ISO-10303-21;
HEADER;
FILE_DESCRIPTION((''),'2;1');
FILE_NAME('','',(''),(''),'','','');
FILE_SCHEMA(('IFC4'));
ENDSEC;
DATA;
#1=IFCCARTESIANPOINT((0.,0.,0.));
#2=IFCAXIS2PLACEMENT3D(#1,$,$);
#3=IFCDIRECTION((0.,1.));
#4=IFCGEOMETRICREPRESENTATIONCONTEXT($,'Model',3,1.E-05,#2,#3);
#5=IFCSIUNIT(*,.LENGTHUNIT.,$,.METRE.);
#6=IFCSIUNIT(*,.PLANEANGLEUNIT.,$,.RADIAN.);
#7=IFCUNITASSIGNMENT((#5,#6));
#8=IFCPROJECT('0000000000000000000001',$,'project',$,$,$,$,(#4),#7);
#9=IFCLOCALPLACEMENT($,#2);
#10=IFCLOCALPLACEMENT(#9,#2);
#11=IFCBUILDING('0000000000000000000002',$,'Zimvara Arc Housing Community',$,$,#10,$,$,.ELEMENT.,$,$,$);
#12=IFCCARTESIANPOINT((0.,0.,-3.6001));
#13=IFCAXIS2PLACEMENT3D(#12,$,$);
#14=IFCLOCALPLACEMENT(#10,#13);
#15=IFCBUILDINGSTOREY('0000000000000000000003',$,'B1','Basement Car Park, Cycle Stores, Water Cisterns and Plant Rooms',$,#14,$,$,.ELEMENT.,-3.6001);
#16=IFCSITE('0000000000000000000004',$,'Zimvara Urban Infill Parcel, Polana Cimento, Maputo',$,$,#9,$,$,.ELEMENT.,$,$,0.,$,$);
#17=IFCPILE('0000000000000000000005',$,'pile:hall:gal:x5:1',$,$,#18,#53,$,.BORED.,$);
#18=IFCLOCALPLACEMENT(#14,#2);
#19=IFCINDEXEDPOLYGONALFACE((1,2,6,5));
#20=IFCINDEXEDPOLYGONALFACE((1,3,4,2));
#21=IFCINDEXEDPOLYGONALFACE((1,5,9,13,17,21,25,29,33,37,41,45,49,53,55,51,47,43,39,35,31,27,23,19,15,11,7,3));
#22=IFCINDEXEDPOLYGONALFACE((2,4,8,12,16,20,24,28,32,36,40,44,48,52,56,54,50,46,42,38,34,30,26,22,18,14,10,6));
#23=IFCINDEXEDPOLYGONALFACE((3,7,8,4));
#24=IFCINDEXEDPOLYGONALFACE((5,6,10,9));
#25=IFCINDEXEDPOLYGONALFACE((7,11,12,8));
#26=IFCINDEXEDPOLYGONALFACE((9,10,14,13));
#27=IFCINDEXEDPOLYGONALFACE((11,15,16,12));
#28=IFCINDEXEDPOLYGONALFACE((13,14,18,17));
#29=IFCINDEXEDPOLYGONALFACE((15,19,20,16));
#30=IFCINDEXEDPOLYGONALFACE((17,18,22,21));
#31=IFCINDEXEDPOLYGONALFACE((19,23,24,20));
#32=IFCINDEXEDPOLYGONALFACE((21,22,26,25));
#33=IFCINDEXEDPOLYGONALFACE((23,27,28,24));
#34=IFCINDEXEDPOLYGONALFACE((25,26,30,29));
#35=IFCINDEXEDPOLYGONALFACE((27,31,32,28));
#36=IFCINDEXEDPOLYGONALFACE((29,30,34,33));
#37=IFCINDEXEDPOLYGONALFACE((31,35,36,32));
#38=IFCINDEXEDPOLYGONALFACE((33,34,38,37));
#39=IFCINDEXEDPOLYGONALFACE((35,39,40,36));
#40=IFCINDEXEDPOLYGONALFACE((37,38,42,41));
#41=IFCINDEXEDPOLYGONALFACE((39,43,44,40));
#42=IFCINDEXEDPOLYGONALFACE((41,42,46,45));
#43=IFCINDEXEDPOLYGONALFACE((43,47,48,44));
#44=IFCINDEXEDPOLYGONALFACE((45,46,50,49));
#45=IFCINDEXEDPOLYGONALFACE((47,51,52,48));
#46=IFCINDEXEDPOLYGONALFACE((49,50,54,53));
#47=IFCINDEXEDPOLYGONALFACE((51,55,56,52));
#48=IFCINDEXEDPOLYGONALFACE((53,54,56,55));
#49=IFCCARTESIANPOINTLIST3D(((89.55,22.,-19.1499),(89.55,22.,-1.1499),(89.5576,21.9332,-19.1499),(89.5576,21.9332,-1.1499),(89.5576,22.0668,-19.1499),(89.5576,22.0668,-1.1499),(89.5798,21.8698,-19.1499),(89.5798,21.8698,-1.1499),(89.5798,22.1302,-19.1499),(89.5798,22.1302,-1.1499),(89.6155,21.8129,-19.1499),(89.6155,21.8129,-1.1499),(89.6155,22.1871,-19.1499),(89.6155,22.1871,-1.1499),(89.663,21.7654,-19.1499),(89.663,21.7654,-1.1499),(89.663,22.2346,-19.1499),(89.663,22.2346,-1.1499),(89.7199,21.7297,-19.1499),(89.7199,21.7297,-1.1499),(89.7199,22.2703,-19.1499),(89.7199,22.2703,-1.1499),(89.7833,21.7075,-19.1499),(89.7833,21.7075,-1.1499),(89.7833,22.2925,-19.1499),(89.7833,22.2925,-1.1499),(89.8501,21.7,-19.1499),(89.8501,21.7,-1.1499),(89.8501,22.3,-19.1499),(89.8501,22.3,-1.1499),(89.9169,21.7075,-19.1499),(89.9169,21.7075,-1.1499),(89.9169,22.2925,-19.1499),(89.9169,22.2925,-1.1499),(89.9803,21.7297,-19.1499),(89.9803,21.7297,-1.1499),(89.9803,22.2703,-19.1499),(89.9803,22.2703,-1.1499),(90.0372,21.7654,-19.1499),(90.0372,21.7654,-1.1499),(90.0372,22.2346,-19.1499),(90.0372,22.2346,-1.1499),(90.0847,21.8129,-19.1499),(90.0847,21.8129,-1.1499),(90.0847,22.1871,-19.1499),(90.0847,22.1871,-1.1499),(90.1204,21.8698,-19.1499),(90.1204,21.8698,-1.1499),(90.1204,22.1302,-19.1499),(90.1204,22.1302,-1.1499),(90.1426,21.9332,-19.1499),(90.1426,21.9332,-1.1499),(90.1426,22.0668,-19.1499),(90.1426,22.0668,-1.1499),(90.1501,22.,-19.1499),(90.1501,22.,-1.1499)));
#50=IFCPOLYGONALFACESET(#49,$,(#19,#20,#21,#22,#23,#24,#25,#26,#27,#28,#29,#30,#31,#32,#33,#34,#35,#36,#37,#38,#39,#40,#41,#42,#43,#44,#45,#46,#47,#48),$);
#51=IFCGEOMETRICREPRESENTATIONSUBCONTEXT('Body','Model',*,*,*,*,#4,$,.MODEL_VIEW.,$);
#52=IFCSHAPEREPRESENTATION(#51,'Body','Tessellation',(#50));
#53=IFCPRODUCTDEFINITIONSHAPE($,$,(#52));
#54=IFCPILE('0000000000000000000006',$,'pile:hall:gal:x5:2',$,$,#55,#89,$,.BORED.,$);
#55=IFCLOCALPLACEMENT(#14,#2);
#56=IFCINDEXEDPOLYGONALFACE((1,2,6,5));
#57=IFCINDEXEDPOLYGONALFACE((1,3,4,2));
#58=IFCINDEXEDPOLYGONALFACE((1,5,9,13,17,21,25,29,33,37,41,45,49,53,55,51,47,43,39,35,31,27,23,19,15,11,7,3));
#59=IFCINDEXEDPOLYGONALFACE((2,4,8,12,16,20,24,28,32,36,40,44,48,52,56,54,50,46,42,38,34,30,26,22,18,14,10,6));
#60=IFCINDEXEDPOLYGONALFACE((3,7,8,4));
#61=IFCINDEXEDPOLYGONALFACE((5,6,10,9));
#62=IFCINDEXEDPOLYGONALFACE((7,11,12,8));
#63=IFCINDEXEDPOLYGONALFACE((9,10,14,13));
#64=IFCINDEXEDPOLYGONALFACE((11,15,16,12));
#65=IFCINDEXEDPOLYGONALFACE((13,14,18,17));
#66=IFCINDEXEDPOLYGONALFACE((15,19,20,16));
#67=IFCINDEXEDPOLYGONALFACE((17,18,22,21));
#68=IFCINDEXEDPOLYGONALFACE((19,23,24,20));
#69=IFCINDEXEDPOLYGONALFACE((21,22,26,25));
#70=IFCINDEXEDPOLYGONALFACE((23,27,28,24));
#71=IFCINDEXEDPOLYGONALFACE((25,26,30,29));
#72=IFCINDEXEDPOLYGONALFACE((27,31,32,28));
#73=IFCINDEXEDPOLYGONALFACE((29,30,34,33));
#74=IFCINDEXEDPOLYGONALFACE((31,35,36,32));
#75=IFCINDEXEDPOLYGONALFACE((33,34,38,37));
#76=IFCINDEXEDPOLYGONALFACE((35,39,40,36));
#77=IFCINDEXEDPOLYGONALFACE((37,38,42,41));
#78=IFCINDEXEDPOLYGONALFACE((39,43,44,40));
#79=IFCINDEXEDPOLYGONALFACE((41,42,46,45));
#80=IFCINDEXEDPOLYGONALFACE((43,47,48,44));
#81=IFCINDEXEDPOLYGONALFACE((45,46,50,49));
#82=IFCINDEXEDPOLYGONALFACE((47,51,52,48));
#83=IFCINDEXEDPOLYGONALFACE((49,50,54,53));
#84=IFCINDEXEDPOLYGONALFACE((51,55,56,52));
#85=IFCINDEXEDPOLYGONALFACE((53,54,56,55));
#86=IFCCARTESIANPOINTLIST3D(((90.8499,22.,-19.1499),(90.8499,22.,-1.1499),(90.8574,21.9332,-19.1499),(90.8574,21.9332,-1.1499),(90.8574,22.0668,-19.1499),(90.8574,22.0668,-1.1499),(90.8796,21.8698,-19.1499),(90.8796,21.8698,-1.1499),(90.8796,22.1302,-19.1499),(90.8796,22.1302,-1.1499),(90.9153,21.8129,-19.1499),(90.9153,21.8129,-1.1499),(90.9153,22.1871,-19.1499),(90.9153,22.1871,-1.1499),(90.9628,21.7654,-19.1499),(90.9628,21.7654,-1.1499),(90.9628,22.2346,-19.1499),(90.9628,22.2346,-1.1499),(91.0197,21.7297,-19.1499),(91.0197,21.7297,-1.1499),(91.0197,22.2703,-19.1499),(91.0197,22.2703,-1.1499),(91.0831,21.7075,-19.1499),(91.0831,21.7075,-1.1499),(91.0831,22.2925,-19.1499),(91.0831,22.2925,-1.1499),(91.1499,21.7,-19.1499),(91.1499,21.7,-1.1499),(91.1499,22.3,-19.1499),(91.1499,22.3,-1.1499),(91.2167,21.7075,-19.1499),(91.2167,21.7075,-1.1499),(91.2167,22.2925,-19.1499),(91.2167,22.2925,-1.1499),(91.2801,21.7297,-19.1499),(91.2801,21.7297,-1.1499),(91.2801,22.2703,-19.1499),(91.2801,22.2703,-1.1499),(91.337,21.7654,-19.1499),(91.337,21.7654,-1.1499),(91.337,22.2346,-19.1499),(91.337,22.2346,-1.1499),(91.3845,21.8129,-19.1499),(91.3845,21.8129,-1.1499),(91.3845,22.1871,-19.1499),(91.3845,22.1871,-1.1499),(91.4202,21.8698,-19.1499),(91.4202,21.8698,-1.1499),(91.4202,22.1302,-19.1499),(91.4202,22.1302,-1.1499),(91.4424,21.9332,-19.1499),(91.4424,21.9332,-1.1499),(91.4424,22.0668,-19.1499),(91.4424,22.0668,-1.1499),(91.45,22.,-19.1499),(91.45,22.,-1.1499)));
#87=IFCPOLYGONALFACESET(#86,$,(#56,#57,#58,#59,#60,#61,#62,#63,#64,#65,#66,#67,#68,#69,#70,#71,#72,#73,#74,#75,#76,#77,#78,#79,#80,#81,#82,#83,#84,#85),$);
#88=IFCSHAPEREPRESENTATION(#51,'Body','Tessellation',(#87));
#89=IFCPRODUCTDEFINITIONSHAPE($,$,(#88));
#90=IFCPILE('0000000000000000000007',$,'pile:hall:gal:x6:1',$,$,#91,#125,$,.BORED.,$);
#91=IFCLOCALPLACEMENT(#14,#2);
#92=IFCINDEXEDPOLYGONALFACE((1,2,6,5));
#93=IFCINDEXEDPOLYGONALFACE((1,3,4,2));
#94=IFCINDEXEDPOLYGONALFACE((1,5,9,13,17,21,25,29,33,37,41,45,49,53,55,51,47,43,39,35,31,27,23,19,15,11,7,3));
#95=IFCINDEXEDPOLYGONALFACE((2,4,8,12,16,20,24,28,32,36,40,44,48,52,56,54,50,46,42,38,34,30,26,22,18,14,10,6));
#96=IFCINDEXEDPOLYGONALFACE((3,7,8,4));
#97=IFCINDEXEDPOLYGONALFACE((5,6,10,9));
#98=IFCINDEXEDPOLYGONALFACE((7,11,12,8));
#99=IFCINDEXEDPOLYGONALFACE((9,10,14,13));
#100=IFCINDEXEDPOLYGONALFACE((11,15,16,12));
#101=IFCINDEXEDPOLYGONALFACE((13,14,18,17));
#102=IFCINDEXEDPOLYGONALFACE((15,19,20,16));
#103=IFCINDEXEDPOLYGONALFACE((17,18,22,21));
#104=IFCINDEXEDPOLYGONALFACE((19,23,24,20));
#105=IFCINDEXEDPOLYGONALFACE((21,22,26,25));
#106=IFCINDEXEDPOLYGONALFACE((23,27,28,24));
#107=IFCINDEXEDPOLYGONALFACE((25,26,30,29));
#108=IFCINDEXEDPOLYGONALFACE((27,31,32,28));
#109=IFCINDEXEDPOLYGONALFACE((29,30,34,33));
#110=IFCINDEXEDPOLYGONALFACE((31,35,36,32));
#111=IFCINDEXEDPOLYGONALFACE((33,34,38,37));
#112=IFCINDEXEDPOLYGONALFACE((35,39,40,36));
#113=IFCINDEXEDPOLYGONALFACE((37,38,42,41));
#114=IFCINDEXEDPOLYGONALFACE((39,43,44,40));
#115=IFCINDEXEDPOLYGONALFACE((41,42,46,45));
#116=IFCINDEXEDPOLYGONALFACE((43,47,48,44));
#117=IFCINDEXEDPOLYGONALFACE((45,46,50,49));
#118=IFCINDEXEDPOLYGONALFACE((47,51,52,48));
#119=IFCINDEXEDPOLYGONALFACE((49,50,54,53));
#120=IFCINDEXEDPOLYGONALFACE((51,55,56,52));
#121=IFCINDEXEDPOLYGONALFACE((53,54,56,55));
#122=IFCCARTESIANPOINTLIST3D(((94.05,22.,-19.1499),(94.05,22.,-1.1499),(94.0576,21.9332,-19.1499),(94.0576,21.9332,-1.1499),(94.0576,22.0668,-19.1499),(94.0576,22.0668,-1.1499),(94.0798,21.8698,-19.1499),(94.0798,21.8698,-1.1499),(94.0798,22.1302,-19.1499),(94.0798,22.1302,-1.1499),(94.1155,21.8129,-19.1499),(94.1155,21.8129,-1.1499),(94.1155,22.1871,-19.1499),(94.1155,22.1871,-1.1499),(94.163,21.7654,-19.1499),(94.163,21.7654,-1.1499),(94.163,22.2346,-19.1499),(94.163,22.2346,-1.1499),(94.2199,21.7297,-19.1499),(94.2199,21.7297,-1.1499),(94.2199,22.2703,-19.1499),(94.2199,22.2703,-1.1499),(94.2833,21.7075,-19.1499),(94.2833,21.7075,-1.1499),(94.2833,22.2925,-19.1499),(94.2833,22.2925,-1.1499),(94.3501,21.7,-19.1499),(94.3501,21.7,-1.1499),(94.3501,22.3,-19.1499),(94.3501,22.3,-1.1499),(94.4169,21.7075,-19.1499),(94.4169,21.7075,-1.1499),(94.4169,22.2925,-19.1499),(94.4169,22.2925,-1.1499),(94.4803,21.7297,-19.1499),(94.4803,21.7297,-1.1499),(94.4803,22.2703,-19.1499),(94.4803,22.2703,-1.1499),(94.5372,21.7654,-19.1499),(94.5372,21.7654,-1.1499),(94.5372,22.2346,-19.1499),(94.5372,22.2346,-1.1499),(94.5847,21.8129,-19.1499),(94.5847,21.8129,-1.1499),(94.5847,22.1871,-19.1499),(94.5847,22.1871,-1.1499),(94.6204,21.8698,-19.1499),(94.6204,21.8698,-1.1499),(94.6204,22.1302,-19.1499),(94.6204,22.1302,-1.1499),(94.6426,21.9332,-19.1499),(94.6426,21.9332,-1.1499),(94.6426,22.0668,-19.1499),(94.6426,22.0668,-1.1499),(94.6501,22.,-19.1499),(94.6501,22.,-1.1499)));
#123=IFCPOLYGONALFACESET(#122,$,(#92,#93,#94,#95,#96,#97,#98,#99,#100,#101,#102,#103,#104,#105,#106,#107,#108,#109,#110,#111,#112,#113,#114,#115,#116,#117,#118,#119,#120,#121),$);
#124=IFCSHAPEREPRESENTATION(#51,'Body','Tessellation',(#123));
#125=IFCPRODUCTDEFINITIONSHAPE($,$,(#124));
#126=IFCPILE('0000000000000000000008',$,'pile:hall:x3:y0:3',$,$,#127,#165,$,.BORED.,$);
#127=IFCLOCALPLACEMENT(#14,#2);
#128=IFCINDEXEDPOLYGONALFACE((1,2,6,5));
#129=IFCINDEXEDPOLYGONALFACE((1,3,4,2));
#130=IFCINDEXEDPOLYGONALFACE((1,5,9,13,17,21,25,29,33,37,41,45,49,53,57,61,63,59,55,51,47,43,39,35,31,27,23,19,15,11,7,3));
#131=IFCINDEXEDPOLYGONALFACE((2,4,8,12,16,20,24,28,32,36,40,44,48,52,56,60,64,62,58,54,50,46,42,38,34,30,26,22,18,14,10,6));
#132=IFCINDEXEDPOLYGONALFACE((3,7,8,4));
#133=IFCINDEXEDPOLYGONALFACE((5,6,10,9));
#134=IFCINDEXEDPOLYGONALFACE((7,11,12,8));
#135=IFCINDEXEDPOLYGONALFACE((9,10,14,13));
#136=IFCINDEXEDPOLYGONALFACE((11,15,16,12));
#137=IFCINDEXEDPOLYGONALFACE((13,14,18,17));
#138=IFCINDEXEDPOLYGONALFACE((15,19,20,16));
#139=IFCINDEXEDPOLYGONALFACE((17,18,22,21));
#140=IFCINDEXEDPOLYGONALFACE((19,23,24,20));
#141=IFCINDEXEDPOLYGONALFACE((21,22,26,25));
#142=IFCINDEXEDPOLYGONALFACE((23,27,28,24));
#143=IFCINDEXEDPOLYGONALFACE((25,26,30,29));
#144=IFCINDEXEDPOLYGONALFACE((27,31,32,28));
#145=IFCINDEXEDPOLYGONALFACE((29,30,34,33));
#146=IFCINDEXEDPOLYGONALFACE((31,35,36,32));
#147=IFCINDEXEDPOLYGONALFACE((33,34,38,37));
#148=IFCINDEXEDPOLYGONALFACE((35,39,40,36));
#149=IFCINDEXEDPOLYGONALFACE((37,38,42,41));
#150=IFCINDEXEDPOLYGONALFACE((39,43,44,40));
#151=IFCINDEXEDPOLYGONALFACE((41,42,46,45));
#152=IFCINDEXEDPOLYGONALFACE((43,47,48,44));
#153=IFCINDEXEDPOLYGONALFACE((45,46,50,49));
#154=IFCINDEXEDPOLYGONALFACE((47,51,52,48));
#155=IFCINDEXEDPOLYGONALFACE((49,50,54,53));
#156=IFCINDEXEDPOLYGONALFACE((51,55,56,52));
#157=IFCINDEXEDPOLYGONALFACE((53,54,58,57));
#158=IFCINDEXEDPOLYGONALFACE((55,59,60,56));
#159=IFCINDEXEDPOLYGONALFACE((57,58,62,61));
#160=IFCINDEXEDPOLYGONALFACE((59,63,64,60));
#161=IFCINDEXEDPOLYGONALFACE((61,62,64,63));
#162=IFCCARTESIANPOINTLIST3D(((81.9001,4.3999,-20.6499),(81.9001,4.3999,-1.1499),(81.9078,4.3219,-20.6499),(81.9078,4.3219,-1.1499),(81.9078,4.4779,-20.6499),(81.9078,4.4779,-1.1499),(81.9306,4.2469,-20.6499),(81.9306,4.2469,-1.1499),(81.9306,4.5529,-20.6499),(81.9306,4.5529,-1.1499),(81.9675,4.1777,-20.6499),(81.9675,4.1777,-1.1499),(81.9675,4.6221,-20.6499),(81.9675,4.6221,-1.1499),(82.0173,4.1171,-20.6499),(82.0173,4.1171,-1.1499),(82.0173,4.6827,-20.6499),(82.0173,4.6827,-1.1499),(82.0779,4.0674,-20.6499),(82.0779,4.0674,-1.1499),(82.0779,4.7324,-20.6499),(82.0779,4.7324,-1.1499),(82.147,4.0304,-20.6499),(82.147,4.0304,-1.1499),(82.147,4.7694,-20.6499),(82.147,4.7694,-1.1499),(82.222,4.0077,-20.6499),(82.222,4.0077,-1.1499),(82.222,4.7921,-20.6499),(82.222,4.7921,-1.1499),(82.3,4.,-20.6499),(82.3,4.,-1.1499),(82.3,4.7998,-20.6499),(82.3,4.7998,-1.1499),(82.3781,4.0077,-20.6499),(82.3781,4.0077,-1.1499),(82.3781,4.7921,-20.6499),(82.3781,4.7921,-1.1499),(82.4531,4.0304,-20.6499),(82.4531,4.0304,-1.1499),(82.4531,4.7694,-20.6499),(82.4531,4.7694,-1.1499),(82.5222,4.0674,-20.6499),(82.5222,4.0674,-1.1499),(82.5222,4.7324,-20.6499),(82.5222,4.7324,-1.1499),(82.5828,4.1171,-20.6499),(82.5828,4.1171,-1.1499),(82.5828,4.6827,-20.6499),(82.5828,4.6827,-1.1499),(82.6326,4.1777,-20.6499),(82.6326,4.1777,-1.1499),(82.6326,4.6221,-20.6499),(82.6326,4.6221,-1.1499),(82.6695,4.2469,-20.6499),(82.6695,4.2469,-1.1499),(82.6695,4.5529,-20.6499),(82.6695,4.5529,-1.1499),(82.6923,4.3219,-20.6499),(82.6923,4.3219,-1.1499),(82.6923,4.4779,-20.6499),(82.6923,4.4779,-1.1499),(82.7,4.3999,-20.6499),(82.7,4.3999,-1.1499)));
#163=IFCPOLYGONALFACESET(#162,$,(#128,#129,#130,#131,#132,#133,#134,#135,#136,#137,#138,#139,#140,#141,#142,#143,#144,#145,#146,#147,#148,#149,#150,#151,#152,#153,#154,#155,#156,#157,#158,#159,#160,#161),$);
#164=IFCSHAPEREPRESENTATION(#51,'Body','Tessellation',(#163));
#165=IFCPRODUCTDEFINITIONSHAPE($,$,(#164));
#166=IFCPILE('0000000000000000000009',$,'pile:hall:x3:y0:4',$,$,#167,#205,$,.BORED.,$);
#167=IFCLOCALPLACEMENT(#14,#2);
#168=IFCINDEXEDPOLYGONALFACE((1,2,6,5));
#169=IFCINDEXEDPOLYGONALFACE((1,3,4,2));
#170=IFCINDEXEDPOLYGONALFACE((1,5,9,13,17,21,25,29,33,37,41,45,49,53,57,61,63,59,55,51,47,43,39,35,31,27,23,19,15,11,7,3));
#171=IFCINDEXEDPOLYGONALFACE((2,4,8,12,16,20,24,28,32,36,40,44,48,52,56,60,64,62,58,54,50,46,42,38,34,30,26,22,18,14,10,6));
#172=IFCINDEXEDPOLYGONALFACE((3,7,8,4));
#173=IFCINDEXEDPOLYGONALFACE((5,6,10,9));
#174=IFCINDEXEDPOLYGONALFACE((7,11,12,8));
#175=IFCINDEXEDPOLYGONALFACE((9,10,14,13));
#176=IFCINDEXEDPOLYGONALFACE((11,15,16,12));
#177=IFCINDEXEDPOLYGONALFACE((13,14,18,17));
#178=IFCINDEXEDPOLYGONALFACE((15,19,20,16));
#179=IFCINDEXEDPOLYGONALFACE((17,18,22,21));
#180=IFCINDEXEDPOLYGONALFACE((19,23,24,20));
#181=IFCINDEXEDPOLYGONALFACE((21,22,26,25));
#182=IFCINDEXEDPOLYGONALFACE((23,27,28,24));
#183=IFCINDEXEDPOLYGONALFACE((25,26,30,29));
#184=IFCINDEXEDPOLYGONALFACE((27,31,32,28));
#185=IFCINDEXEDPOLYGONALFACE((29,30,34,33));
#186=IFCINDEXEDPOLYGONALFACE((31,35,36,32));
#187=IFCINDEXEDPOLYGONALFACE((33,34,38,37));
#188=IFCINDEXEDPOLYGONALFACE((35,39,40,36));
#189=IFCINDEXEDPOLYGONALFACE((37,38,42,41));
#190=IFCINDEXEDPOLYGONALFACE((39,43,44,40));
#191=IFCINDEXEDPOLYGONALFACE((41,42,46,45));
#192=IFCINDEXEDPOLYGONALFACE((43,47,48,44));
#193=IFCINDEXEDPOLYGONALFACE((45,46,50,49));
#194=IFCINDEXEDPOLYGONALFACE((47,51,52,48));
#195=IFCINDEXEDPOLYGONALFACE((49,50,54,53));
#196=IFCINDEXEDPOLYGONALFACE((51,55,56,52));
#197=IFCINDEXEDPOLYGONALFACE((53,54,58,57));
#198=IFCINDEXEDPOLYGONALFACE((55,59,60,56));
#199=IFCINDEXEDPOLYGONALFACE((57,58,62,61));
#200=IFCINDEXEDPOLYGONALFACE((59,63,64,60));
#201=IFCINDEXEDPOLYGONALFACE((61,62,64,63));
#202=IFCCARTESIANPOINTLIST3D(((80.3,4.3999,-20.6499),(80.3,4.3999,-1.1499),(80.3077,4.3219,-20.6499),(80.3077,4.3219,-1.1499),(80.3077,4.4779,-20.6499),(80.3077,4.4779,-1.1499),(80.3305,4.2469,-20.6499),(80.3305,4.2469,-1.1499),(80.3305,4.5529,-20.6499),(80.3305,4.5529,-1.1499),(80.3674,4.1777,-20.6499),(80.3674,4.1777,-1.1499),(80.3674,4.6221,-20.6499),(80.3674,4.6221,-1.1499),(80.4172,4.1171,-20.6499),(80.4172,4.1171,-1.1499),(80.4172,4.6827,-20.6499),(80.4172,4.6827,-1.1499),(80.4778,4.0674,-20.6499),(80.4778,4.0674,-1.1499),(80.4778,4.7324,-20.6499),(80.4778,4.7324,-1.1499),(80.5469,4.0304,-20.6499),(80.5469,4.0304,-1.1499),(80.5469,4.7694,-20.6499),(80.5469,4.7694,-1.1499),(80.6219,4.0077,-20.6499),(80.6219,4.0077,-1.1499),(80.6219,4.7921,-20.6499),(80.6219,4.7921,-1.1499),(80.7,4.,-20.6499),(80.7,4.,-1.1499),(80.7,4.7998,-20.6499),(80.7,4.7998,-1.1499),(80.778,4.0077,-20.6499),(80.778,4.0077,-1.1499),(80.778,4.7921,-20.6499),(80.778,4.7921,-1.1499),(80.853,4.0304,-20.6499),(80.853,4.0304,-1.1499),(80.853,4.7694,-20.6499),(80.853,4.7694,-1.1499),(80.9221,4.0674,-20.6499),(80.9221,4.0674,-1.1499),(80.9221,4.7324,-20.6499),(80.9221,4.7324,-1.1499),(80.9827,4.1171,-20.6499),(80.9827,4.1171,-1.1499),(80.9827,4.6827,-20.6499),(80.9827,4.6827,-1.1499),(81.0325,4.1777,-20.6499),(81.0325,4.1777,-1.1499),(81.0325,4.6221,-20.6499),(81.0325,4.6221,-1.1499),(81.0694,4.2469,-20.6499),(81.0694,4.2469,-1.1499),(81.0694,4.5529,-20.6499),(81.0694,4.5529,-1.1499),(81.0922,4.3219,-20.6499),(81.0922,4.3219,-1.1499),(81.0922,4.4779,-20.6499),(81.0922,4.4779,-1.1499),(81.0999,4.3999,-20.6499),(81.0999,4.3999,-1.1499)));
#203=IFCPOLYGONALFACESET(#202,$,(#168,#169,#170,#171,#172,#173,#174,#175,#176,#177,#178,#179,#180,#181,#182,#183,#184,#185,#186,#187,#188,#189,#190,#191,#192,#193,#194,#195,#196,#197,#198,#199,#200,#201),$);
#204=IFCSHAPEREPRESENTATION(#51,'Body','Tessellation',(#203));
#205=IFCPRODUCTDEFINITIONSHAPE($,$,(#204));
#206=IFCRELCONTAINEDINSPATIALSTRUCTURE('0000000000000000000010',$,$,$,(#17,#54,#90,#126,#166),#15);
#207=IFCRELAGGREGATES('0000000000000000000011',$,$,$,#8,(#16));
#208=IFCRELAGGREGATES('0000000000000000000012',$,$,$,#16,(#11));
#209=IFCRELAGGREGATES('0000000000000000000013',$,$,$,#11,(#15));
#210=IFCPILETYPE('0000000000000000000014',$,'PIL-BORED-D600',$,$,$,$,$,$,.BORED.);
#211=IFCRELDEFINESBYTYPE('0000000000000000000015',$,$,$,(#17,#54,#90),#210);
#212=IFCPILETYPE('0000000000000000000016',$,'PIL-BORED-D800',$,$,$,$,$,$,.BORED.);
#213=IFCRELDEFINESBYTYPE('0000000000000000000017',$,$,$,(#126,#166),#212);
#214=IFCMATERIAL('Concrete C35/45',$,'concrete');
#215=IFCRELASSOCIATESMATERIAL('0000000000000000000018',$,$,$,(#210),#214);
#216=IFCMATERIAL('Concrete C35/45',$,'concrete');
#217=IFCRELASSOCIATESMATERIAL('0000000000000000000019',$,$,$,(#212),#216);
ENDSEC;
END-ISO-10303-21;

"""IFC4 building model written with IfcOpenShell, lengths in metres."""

from ifc_helpers import new_model, si_unit, direction, frame, origin, origin_2d, place, context, subcontext, project, spatial, circle, extrude, material, material_profile, profile_set, type_object, element, save


model = new_model("IFC4")

# Units and contexts
model_context = context("Model", 3, precision=1e-05, world=origin(), true_north=direction((0.0, 1.0)))
body_context = subcontext(model_context, "Body", "Model", "MODEL_VIEW")
ifc_project = project(units=[si_unit("LENGTHUNIT", "METRE"), si_unit("PLANEANGLEUNIT", "RADIAN")], contexts=[model_context])

# Site, building, storey
site_placement = place(None, origin())
site = spatial("IfcSite", under=ifc_project, at=site_placement, Name="Zimvara Urban Infill Parcel, Polana Cimento, Maputo", CompositionType="ELEMENT", RefElevation=0.0)
building_placement = place(site_placement, origin())
building = spatial("IfcBuilding", under=site, at=building_placement, Name="Zimvara Arc Housing Community", CompositionType="ELEMENT")
storey_placement = place(building_placement, frame((0.0, 0.0, -3.6001)))
storey = spatial("IfcBuildingStorey", under=building, at=storey_placement, Name="B1", Description="Basement Car Park, Cycle Stores, Water Cisterns and Plant Rooms", CompositionType="ELEMENT", Elevation=-3.6001)

# Piles
ifc_material_1 = material(Name="Concrete C35/45", Category="concrete")
ifc_material_profile_1 = material_profile(ifc_material_1, circle(Radius=0.3, at=origin_2d()), Name="PILE D600")
ifc_profile_set_1 = profile_set([ifc_material_profile_1], Name="Concrete C35/45")
pile_type_1 = type_object("IfcPileType", Name="PIL-BORED-D600", PredefinedType="BORED", material=ifc_profile_set_1)
for number, where, z_axis, x_axis, name in (
    (1, (89.8501, 22.0, -1.1499), (0.0, 0.0, -1.0), (1.0, 0.0, 0.0), "pile:hall:gal:x5:1"),
    (2, (91.1499, 22.0, -1.1499), (0.0, 0.0, -1.0), (1.0, 0.0, 0.0), "pile:hall:gal:x5:2"),
    (3, (94.3501, 22.0, -1.1499), (0.0, 0.0, -1.0), (1.0, 0.0, 0.0), "pile:hall:gal:x6:1"),
):
    element("IfcPile", number, at=place(storey_placement, frame(where, z_axis=z_axis, x_axis=x_axis)), inside=storey, type_object=pile_type_1, Name=name, PredefinedType="BORED", context=body_context, shape_type="SweptSolid", body=[
        extrude(circle(Radius=0.3, at=origin_2d()), origin(), (0.0, 0.0, 1.0), 18.0),
    ])
ifc_material_2 = material(Name="Concrete C35/45", Category="concrete")
ifc_material_profile_2 = material_profile(ifc_material_2, circle(Radius=0.3999, at=origin_2d()), Name="PILE D800")
ifc_profile_set_2 = profile_set([ifc_material_profile_2], Name="Concrete C35/45")
pile_type_2 = type_object("IfcPileType", Name="PIL-BORED-D800", PredefinedType="BORED", material=ifc_profile_set_2)
for number, where, z_axis, x_axis, name in (
    (4, (82.3, 4.3999, -1.1499), (0.0, 0.0, -1.0), (1.0, 0.0, 0.0), "pile:hall:x3:y0:3"),
    (5, (80.7, 4.3999, -1.1499), (0.0, 0.0, -1.0), (1.0, 0.0, 0.0), "pile:hall:x3:y0:4"),
):
    element("IfcPile", number, at=place(storey_placement, frame(where, z_axis=z_axis, x_axis=x_axis)), inside=storey, type_object=pile_type_2, Name=name, PredefinedType="BORED", context=body_context, shape_type="SweptSolid", body=[
        extrude(circle(Radius=0.3999, at=origin_2d()), origin(), (0.0, 0.0, 1.0), 19.5),
    ])

save(model, "model.ifc")
